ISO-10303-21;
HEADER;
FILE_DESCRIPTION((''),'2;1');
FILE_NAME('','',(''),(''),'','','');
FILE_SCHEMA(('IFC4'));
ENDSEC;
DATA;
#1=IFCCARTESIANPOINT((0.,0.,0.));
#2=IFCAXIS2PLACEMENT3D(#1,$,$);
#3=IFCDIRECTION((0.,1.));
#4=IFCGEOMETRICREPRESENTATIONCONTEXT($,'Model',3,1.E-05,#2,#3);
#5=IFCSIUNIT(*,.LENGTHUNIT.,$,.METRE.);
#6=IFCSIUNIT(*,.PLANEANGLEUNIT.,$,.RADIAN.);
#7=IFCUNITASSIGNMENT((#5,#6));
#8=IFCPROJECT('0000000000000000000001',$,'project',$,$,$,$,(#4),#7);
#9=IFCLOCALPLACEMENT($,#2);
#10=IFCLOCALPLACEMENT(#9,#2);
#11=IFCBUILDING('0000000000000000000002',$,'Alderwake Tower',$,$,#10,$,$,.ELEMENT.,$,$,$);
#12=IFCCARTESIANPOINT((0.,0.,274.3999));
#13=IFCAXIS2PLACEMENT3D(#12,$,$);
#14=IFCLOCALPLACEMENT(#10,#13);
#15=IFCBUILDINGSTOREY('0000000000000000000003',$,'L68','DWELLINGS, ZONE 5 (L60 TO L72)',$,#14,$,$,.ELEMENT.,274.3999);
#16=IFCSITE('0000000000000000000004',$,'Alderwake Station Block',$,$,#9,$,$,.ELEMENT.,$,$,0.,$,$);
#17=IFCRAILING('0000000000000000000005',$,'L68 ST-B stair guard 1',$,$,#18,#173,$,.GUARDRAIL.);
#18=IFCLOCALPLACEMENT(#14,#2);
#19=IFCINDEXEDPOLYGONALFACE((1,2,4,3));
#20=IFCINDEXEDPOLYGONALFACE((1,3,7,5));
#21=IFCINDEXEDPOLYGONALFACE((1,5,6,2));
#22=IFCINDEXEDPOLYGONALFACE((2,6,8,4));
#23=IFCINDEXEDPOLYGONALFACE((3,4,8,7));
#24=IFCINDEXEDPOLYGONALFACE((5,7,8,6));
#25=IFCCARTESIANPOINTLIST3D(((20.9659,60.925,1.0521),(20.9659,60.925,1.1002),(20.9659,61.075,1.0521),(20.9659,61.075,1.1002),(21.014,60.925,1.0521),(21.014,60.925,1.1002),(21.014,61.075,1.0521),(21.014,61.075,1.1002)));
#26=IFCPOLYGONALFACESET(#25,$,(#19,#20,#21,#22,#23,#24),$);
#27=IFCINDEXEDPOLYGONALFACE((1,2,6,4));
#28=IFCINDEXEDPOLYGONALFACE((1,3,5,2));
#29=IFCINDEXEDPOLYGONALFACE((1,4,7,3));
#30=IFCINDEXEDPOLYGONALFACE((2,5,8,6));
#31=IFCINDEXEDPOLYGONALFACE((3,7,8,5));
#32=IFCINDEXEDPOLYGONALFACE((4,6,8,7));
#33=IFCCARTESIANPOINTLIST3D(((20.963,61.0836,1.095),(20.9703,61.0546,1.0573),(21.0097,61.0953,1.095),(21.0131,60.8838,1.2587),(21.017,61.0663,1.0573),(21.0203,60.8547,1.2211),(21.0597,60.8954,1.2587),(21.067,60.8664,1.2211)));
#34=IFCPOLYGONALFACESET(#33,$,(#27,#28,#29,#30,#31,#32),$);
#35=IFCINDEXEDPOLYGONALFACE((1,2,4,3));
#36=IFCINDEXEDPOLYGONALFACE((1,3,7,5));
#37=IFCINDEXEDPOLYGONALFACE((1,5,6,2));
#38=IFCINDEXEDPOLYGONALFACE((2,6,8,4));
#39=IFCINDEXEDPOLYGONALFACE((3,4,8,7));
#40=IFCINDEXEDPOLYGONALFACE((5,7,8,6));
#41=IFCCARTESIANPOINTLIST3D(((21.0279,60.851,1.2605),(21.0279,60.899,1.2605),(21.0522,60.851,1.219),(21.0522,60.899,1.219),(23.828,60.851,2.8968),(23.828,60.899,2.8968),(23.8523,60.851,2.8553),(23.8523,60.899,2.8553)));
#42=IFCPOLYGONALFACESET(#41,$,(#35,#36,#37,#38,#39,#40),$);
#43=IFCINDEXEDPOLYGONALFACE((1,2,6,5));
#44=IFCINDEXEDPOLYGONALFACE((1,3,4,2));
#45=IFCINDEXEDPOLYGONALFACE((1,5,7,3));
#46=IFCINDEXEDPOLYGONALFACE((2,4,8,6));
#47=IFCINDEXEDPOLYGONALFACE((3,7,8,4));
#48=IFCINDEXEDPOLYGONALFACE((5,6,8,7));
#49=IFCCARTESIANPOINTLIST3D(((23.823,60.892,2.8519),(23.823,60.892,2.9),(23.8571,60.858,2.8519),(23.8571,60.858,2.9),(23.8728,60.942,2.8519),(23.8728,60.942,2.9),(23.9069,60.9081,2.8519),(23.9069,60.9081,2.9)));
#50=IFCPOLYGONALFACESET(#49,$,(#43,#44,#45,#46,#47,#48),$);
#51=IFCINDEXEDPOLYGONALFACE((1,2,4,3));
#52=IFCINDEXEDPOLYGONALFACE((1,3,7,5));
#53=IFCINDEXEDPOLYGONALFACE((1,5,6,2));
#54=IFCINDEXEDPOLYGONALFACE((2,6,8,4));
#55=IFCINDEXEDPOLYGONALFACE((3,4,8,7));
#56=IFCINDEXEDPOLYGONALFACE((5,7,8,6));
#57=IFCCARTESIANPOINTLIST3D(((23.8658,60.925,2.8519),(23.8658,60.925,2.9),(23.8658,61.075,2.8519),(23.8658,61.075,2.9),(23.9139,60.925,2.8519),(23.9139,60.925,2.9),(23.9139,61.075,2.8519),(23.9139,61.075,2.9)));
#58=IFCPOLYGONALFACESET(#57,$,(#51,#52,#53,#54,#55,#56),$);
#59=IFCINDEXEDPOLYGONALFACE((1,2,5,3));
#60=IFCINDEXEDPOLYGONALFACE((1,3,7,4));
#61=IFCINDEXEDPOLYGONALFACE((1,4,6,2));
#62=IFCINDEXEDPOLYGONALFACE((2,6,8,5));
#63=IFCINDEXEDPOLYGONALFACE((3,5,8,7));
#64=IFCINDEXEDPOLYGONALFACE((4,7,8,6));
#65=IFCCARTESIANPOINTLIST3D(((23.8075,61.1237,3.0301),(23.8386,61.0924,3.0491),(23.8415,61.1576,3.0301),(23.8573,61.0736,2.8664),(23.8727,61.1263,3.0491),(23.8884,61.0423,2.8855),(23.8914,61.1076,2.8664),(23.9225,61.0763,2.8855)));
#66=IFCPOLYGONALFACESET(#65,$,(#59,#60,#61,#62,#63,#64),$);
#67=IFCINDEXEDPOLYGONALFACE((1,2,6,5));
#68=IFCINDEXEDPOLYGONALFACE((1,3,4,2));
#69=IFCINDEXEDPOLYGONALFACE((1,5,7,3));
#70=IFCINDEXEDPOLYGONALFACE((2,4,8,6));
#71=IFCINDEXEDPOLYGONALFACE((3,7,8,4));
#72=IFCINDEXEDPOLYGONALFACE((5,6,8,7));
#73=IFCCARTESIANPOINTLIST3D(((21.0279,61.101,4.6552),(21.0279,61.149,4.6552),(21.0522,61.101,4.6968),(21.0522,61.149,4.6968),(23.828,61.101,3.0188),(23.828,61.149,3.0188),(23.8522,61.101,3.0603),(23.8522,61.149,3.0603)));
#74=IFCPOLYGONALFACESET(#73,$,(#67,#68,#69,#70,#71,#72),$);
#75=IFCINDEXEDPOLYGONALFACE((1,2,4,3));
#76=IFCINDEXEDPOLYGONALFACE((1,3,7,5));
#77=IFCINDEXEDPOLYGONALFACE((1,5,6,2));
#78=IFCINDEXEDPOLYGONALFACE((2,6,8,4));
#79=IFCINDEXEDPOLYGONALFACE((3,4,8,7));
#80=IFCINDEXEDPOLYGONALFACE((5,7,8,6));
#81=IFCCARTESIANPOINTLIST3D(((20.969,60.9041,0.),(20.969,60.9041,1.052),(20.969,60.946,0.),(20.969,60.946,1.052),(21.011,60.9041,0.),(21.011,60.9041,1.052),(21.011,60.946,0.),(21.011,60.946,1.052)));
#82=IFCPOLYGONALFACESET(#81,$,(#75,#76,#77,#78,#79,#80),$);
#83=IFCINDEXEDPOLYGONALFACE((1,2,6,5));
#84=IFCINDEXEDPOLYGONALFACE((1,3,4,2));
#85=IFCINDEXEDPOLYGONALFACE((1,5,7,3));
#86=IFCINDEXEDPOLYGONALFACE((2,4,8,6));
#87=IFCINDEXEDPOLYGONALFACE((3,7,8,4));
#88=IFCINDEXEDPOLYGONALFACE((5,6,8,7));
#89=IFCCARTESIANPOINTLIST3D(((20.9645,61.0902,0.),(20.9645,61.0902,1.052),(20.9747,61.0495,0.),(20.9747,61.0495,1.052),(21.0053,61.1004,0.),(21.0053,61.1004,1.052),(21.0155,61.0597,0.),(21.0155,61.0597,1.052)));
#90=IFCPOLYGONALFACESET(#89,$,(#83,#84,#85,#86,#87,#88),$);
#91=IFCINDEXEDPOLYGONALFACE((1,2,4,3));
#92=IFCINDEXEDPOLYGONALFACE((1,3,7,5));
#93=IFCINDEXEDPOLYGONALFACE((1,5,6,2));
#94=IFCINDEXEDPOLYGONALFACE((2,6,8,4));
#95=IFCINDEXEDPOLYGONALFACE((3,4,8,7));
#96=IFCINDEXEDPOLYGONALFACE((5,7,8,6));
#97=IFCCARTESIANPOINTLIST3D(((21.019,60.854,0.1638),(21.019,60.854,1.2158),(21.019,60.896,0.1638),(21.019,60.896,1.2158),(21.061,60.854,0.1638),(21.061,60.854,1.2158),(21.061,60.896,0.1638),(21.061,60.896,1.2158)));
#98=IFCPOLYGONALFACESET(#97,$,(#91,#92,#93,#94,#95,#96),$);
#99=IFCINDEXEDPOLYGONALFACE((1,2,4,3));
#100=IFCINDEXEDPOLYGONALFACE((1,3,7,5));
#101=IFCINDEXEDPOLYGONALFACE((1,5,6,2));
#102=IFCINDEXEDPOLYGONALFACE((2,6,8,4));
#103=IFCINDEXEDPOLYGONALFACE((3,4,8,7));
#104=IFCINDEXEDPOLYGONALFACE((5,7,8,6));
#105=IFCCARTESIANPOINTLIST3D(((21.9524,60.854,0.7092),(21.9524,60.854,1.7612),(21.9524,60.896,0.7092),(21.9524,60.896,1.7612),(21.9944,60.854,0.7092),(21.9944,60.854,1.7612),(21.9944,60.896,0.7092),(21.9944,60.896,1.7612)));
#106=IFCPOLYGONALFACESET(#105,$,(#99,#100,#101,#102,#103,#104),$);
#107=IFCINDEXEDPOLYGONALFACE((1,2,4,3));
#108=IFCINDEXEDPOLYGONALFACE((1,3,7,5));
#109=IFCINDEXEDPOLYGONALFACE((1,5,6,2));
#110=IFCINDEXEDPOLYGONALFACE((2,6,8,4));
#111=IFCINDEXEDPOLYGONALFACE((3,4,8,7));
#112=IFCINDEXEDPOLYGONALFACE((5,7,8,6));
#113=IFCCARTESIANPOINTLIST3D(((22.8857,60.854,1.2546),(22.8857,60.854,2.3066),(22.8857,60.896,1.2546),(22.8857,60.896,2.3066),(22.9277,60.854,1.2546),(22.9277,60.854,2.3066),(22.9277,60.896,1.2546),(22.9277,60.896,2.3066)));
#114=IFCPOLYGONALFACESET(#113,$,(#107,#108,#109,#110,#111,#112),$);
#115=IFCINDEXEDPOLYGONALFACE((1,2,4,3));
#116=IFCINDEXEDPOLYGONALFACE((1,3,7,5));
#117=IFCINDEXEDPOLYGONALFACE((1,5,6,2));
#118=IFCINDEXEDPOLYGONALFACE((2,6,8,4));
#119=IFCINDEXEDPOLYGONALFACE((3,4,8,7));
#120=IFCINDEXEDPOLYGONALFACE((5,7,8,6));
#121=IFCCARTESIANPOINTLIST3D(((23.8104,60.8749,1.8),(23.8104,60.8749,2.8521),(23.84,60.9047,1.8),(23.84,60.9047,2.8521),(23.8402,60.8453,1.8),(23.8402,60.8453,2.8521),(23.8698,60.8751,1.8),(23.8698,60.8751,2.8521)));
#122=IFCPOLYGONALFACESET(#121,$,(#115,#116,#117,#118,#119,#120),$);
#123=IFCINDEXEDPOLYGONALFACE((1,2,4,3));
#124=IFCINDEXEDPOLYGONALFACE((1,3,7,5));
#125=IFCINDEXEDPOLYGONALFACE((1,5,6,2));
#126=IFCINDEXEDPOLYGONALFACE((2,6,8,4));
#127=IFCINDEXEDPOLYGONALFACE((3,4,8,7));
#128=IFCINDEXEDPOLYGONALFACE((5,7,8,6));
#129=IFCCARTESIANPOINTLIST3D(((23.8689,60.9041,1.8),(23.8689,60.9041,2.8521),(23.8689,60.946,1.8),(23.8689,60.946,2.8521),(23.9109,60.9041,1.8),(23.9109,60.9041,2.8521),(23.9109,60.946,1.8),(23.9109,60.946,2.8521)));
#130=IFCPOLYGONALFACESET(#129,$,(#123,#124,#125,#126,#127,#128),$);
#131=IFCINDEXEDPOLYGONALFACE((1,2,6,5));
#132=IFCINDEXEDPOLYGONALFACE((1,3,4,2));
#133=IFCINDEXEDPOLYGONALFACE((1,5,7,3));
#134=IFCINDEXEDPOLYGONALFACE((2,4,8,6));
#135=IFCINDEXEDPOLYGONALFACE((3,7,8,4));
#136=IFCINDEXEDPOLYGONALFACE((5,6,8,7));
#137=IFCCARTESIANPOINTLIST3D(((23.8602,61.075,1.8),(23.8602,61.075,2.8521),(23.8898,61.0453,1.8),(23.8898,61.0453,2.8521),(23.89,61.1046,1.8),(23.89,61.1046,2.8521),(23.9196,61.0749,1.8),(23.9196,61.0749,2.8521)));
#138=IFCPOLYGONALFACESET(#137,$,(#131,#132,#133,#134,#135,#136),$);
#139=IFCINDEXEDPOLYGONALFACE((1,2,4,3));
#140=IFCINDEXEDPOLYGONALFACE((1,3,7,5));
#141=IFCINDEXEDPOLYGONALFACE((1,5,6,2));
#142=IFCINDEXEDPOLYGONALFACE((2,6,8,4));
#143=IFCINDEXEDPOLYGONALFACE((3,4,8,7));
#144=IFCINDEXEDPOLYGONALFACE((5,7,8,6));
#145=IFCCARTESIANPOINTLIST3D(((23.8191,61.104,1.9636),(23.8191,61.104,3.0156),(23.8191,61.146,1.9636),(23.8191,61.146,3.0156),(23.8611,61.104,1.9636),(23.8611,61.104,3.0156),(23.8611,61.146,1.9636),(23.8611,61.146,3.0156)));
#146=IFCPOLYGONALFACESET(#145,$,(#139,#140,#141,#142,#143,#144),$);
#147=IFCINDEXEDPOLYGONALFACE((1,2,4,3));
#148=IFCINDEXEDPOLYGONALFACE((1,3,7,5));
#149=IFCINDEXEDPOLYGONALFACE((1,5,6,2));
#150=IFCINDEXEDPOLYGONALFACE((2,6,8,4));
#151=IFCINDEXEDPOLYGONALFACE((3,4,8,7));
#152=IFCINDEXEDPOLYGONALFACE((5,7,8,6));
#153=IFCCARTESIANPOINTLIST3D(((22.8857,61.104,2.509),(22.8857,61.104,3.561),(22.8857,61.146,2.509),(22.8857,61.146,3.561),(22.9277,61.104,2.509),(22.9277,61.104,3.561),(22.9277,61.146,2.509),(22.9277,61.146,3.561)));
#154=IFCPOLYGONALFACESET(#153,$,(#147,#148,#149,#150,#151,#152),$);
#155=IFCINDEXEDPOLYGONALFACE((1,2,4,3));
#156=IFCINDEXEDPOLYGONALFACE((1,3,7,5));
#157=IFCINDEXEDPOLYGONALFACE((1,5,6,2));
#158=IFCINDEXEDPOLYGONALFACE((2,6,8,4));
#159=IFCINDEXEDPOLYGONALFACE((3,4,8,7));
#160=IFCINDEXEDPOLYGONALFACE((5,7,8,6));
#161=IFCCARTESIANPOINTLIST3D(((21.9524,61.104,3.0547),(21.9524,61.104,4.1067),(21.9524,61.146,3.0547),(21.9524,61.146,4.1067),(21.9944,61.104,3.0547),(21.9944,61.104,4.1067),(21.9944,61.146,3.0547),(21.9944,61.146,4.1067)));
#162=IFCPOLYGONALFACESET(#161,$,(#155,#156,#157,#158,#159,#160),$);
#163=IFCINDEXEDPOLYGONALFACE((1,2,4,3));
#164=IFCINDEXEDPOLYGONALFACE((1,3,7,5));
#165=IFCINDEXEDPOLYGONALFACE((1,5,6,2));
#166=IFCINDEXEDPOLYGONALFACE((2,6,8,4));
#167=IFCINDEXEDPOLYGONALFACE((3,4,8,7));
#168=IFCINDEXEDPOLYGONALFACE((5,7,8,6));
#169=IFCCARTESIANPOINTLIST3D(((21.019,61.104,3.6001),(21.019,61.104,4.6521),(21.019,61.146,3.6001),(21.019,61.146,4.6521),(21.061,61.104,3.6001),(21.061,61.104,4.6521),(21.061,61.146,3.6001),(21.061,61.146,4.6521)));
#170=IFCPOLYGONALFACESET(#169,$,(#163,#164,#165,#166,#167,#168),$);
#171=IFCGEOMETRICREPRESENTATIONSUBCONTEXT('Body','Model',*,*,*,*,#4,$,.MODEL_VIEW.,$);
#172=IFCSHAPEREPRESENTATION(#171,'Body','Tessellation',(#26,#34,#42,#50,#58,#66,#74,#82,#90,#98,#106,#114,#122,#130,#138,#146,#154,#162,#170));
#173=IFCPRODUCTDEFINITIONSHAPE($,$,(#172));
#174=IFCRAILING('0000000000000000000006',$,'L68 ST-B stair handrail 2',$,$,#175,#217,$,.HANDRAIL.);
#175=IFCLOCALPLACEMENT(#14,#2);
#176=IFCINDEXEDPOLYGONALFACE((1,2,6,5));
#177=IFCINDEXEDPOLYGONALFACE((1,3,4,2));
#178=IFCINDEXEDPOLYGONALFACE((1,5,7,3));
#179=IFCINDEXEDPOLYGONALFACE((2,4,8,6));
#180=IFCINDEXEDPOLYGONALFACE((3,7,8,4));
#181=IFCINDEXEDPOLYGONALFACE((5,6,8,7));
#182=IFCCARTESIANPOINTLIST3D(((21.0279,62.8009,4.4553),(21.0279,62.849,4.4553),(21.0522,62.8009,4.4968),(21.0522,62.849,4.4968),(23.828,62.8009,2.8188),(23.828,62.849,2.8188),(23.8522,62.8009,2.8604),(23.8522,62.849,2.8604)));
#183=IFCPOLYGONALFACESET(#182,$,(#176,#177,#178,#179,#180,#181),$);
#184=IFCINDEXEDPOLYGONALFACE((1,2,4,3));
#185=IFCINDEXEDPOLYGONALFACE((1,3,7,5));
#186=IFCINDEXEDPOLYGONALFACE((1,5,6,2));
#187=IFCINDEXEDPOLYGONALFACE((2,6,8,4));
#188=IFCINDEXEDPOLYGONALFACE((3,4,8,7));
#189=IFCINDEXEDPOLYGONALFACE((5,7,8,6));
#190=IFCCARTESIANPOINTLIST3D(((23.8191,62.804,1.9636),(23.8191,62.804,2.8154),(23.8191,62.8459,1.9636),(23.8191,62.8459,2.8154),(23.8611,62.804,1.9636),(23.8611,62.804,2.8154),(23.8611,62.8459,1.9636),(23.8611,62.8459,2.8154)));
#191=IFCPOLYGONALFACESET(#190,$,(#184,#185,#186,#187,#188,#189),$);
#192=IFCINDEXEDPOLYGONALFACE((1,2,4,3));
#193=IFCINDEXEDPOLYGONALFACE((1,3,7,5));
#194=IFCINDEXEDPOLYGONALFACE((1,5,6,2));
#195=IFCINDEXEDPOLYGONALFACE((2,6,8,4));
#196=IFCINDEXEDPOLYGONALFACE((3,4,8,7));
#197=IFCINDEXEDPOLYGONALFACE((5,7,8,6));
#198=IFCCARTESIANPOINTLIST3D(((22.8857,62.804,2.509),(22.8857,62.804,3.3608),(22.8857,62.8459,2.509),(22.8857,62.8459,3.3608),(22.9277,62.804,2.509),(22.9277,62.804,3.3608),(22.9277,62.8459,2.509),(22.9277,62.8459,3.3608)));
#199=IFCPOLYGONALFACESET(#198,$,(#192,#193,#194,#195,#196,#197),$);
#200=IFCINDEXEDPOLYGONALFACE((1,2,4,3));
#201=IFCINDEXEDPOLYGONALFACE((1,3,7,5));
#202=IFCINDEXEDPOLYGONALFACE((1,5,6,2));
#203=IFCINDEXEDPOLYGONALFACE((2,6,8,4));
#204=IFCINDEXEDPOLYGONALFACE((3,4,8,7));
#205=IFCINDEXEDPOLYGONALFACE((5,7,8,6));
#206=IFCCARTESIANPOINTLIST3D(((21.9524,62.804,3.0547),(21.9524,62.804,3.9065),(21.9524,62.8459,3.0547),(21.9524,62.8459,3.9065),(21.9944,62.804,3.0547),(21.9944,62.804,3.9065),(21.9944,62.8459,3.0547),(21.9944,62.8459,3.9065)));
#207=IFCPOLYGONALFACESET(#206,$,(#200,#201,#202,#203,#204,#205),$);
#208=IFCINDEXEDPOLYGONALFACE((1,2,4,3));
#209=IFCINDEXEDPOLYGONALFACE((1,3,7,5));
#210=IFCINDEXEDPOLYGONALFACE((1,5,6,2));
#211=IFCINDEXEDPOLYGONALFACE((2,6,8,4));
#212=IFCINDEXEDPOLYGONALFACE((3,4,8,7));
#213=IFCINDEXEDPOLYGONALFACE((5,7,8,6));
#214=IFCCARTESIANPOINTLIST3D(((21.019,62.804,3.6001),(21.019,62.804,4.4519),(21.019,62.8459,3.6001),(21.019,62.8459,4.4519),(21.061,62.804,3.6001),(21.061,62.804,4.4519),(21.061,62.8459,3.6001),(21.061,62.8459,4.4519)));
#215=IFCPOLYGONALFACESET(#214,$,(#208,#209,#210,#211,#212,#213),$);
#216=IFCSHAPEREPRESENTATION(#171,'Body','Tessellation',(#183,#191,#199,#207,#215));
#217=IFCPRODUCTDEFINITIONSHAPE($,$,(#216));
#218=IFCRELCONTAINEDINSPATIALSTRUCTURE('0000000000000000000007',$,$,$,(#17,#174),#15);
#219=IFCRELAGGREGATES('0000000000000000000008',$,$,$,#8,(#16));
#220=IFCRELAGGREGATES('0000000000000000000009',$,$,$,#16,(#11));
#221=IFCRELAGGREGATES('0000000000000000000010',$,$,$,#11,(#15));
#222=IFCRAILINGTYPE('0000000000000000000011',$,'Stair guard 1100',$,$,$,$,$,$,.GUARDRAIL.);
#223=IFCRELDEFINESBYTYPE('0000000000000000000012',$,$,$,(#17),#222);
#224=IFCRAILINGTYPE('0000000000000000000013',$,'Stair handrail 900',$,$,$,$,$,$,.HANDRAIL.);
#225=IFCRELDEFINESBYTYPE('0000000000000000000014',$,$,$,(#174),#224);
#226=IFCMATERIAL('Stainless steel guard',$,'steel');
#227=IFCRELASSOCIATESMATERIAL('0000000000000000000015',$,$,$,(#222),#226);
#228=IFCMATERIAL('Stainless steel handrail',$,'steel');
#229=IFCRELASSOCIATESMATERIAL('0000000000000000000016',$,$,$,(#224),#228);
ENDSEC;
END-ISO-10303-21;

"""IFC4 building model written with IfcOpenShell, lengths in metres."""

from ifc_helpers import new_model, si_unit, direction, frame, origin, origin_2d, place, context, subcontext, project, spatial, rectangle, extrude, material, type_object, element, save


model = new_model("IFC4")

# Units and contexts
model_context = context("Model", 3, precision=1e-05, world=origin(), true_north=direction((0.0, 1.0)))
body_context = subcontext(model_context, "Body", "Model", "MODEL_VIEW")
ifc_project = project(units=[si_unit("LENGTHUNIT", "METRE"), si_unit("PLANEANGLEUNIT", "RADIAN")], contexts=[model_context])

# Site, building, storey
site_placement = place(None, origin())
site = spatial("IfcSite", under=ifc_project, at=site_placement, Name="Alderwake Station Block", CompositionType="ELEMENT", RefElevation=0.0)
building_placement = place(site_placement, origin())
building = spatial("IfcBuilding", under=site, at=building_placement, Name="Alderwake Tower", CompositionType="ELEMENT")
storey_placement = place(building_placement, frame((0.0, 0.0, 274.3999)))
storey = spatial("IfcBuildingStorey", under=building, at=storey_placement, Name="L68", Description="DWELLINGS, ZONE 5 (L60 TO L72)", CompositionType="ELEMENT", Elevation=274.3999)

# Railings
ifc_material_1 = material(Name="Stainless steel guard", Category="steel")
railing_type_1 = type_object("IfcRailingType", Name="Stair guard 1100", PredefinedType="GUARDRAIL", material=ifc_material_1)
railing_1_placement = place(storey_placement, frame((20.99, 60.925, 0.0)))
element("IfcRailing", 1, at=railing_1_placement, inside=storey, type_object=railing_type_1, Name="L68 ST-B stair guard 1", PredefinedType="GUARDRAIL", context=body_context, shape_type="SweptSolid", body=[
    extrude(rectangle(XDim=0.0481, YDim=0.0481, at=origin_2d()), frame((0.0, 0.0, 1.0762), z_axis=(0.0, 1.0, 0.0), x_axis=(-1.0, 0.0, 0.0)), (0.0, 0.0, 1.0), 0.1499),
    extrude(rectangle(XDim=0.0481, YDim=0.0481, at=origin_2d()), frame((0.0, 0.1499, 1.0762), z_axis=(0.19009, -0.759432, 0.622197), x_axis=(0.970073, 0.242814, 0.0)), (0.0, 0.0, 1.0), 0.2632),
    extrude(rectangle(XDim=0.0481, YDim=0.0481, at=origin_2d()), frame((0.05, -0.05, 1.2397), z_axis=(0.863394, 0.0, 0.504531), x_axis=(0.0, 1.0, 0.0)), (0.0, 0.0, 1.0), 3.2432),
    extrude(rectangle(XDim=0.0481, YDim=0.0481, at=origin_2d()), frame((2.8501, -0.05, 2.876), z_axis=(0.705376, 0.708834, 0.0), x_axis=(-0.708834, 0.705376, 0.0)), (0.0, 0.0, 1.0), 0.0706),
    extrude(rectangle(XDim=0.0481, YDim=0.0481, at=origin_2d()), frame((2.8999, 0.0, 2.876), z_axis=(0.0, 1.0, 0.0), x_axis=(-1.0, 0.0, 0.0)), (0.0, 0.0, 1.0), 0.1499),
    extrude(rectangle(XDim=0.0481, YDim=0.0481, at=origin_2d()), frame((2.8999, 0.1499, 2.876), z_axis=(-0.279546, 0.280917, 0.918118), x_axis=(-0.708834, -0.705376, 0.0)), (0.0, 0.0, 1.0), 0.1782),
    extrude(rectangle(XDim=0.0481, YDim=0.0481, at=origin_2d()), frame((2.8501, 0.2, 3.0396), z_axis=(-0.863361, 0.0, 0.504587), x_axis=(0.0, -1.0, 0.0)), (0.0, 0.0, 1.0), 3.2432),
    extrude(rectangle(XDim=0.042, YDim=0.042, at=origin_2d()), frame((0.0, 0.0, 0.0), z_axis=(0.0, 0.0, 1.0), x_axis=(0.0, 1.0, 0.0)), (0.0, 0.0, 1.0), 1.052),
    extrude(rectangle(XDim=0.042, YDim=0.042, at=origin_2d()), frame((0.0, 0.1499, 0.0), z_axis=(0.0, 0.0, 1.0), x_axis=(0.242814, -0.970073, 0.0)), (0.0, 0.0, 1.0), 1.052),
    extrude(rectangle(XDim=0.042, YDim=0.042, at=origin_2d()), frame((0.05, -0.05, 0.1638), z_axis=(0.0, 0.0, 1.0), x_axis=(1.0, 0.0, 0.0)), (0.0, 0.0, 1.0), 1.052),
    extrude(rectangle(XDim=0.042, YDim=0.042, at=origin_2d()), frame((0.9834, -0.05, 0.7092), z_axis=(0.0, 0.0, 1.0), x_axis=(1.0, 0.0, 0.0)), (0.0, 0.0, 1.0), 1.052),
    extrude(rectangle(XDim=0.042, YDim=0.042, at=origin_2d()), frame((1.9167, -0.05, 1.2546), z_axis=(0.0, 0.0, 1.0), x_axis=(1.0, 0.0, 0.0)), (0.0, 0.0, 1.0), 1.052),
    extrude(rectangle(XDim=0.042, YDim=0.042, at=origin_2d()), frame((2.8501, -0.05, 1.8), z_axis=(0.0, 0.0, 1.0), x_axis=(0.705376, 0.708834, 0.0)), (0.0, 0.0, 1.0), 1.052),
    extrude(rectangle(XDim=0.042, YDim=0.042, at=origin_2d()), frame((2.8999, 0.0, 1.8), z_axis=(0.0, 0.0, 1.0), x_axis=(0.0, 1.0, 0.0)), (0.0, 0.0, 1.0), 1.052),
    extrude(rectangle(XDim=0.042, YDim=0.042, at=origin_2d()), frame((2.8999, 0.1499, 1.8), z_axis=(0.0, 0.0, 1.0), x_axis=(-0.705376, 0.708834, 0.0)), (0.0, 0.0, 1.0), 1.052),
    extrude(rectangle(XDim=0.042, YDim=0.042, at=origin_2d()), frame((2.8501, 0.2, 1.9636), z_axis=(0.0, 0.0, 1.0), x_axis=(-1.0, 0.0, 0.0)), (0.0, 0.0, 1.0), 1.052),
    extrude(rectangle(XDim=0.042, YDim=0.042, at=origin_2d()), frame((1.9167, 0.2, 2.509), z_axis=(0.0, 0.0, 1.0), x_axis=(-1.0, 0.0, 0.0)), (0.0, 0.0, 1.0), 1.052),
    extrude(rectangle(XDim=0.042, YDim=0.042, at=origin_2d()), frame((0.9834, 0.2, 3.0547), z_axis=(0.0, 0.0, 1.0), x_axis=(-1.0, 0.0, 0.0)), (0.0, 0.0, 1.0), 1.052),
    extrude(rectangle(XDim=0.042, YDim=0.042, at=origin_2d()), frame((0.05, 0.2, 3.6001), z_axis=(0.0, 0.0, 1.0), x_axis=(-1.0, 0.0, 0.0)), (0.0, 0.0, 1.0), 1.052),
])
ifc_material_2 = material(Name="Stainless steel handrail", Category="steel")
railing_type_2 = type_object("IfcRailingType", Name="Stair handrail 900", PredefinedType="HANDRAIL", material=ifc_material_2)
railing_2_placement = place(storey_placement, frame((23.8401, 62.825, 1.9636)))
element("IfcRailing", 2, at=railing_2_placement, inside=storey, type_object=railing_type_2, Name="L68 ST-B stair handrail 2", PredefinedType="HANDRAIL", context=body_context, shape_type="SweptSolid", body=[
    extrude(rectangle(XDim=0.0481, YDim=0.0481, at=origin_2d()), frame((0.0, 0.0, 0.876), z_axis=(-0.863361, 0.0, 0.504587), x_axis=(0.0, -1.0, 0.0)), (0.0, 0.0, 1.0), 3.2432),
    extrude(rectangle(XDim=0.042, YDim=0.042, at=origin_2d()), frame((0.0, 0.0, 0.0), z_axis=(0.0, 0.0, 1.0), x_axis=(-1.0, 0.0, 0.0)), (0.0, 0.0, 1.0), 0.8518),
    extrude(rectangle(XDim=0.042, YDim=0.042, at=origin_2d()), frame((-0.9333, 0.0, 0.5454), z_axis=(0.0, 0.0, 1.0), x_axis=(-1.0, 0.0, 0.0)), (0.0, 0.0, 1.0), 0.8518),
    extrude(rectangle(XDim=0.042, YDim=0.042, at=origin_2d()), frame((-1.8667, 0.0, 1.0911), z_axis=(0.0, 0.0, 1.0), x_axis=(-1.0, 0.0, 0.0)), (0.0, 0.0, 1.0), 0.8518),
    extrude(rectangle(XDim=0.042, YDim=0.042, at=origin_2d()), frame((-2.8, 0.0, 1.6365), z_axis=(0.0, 0.0, 1.0), x_axis=(-1.0, 0.0, 0.0)), (0.0, 0.0, 1.0), 0.8518),
])

save(model, "model.ifc")
